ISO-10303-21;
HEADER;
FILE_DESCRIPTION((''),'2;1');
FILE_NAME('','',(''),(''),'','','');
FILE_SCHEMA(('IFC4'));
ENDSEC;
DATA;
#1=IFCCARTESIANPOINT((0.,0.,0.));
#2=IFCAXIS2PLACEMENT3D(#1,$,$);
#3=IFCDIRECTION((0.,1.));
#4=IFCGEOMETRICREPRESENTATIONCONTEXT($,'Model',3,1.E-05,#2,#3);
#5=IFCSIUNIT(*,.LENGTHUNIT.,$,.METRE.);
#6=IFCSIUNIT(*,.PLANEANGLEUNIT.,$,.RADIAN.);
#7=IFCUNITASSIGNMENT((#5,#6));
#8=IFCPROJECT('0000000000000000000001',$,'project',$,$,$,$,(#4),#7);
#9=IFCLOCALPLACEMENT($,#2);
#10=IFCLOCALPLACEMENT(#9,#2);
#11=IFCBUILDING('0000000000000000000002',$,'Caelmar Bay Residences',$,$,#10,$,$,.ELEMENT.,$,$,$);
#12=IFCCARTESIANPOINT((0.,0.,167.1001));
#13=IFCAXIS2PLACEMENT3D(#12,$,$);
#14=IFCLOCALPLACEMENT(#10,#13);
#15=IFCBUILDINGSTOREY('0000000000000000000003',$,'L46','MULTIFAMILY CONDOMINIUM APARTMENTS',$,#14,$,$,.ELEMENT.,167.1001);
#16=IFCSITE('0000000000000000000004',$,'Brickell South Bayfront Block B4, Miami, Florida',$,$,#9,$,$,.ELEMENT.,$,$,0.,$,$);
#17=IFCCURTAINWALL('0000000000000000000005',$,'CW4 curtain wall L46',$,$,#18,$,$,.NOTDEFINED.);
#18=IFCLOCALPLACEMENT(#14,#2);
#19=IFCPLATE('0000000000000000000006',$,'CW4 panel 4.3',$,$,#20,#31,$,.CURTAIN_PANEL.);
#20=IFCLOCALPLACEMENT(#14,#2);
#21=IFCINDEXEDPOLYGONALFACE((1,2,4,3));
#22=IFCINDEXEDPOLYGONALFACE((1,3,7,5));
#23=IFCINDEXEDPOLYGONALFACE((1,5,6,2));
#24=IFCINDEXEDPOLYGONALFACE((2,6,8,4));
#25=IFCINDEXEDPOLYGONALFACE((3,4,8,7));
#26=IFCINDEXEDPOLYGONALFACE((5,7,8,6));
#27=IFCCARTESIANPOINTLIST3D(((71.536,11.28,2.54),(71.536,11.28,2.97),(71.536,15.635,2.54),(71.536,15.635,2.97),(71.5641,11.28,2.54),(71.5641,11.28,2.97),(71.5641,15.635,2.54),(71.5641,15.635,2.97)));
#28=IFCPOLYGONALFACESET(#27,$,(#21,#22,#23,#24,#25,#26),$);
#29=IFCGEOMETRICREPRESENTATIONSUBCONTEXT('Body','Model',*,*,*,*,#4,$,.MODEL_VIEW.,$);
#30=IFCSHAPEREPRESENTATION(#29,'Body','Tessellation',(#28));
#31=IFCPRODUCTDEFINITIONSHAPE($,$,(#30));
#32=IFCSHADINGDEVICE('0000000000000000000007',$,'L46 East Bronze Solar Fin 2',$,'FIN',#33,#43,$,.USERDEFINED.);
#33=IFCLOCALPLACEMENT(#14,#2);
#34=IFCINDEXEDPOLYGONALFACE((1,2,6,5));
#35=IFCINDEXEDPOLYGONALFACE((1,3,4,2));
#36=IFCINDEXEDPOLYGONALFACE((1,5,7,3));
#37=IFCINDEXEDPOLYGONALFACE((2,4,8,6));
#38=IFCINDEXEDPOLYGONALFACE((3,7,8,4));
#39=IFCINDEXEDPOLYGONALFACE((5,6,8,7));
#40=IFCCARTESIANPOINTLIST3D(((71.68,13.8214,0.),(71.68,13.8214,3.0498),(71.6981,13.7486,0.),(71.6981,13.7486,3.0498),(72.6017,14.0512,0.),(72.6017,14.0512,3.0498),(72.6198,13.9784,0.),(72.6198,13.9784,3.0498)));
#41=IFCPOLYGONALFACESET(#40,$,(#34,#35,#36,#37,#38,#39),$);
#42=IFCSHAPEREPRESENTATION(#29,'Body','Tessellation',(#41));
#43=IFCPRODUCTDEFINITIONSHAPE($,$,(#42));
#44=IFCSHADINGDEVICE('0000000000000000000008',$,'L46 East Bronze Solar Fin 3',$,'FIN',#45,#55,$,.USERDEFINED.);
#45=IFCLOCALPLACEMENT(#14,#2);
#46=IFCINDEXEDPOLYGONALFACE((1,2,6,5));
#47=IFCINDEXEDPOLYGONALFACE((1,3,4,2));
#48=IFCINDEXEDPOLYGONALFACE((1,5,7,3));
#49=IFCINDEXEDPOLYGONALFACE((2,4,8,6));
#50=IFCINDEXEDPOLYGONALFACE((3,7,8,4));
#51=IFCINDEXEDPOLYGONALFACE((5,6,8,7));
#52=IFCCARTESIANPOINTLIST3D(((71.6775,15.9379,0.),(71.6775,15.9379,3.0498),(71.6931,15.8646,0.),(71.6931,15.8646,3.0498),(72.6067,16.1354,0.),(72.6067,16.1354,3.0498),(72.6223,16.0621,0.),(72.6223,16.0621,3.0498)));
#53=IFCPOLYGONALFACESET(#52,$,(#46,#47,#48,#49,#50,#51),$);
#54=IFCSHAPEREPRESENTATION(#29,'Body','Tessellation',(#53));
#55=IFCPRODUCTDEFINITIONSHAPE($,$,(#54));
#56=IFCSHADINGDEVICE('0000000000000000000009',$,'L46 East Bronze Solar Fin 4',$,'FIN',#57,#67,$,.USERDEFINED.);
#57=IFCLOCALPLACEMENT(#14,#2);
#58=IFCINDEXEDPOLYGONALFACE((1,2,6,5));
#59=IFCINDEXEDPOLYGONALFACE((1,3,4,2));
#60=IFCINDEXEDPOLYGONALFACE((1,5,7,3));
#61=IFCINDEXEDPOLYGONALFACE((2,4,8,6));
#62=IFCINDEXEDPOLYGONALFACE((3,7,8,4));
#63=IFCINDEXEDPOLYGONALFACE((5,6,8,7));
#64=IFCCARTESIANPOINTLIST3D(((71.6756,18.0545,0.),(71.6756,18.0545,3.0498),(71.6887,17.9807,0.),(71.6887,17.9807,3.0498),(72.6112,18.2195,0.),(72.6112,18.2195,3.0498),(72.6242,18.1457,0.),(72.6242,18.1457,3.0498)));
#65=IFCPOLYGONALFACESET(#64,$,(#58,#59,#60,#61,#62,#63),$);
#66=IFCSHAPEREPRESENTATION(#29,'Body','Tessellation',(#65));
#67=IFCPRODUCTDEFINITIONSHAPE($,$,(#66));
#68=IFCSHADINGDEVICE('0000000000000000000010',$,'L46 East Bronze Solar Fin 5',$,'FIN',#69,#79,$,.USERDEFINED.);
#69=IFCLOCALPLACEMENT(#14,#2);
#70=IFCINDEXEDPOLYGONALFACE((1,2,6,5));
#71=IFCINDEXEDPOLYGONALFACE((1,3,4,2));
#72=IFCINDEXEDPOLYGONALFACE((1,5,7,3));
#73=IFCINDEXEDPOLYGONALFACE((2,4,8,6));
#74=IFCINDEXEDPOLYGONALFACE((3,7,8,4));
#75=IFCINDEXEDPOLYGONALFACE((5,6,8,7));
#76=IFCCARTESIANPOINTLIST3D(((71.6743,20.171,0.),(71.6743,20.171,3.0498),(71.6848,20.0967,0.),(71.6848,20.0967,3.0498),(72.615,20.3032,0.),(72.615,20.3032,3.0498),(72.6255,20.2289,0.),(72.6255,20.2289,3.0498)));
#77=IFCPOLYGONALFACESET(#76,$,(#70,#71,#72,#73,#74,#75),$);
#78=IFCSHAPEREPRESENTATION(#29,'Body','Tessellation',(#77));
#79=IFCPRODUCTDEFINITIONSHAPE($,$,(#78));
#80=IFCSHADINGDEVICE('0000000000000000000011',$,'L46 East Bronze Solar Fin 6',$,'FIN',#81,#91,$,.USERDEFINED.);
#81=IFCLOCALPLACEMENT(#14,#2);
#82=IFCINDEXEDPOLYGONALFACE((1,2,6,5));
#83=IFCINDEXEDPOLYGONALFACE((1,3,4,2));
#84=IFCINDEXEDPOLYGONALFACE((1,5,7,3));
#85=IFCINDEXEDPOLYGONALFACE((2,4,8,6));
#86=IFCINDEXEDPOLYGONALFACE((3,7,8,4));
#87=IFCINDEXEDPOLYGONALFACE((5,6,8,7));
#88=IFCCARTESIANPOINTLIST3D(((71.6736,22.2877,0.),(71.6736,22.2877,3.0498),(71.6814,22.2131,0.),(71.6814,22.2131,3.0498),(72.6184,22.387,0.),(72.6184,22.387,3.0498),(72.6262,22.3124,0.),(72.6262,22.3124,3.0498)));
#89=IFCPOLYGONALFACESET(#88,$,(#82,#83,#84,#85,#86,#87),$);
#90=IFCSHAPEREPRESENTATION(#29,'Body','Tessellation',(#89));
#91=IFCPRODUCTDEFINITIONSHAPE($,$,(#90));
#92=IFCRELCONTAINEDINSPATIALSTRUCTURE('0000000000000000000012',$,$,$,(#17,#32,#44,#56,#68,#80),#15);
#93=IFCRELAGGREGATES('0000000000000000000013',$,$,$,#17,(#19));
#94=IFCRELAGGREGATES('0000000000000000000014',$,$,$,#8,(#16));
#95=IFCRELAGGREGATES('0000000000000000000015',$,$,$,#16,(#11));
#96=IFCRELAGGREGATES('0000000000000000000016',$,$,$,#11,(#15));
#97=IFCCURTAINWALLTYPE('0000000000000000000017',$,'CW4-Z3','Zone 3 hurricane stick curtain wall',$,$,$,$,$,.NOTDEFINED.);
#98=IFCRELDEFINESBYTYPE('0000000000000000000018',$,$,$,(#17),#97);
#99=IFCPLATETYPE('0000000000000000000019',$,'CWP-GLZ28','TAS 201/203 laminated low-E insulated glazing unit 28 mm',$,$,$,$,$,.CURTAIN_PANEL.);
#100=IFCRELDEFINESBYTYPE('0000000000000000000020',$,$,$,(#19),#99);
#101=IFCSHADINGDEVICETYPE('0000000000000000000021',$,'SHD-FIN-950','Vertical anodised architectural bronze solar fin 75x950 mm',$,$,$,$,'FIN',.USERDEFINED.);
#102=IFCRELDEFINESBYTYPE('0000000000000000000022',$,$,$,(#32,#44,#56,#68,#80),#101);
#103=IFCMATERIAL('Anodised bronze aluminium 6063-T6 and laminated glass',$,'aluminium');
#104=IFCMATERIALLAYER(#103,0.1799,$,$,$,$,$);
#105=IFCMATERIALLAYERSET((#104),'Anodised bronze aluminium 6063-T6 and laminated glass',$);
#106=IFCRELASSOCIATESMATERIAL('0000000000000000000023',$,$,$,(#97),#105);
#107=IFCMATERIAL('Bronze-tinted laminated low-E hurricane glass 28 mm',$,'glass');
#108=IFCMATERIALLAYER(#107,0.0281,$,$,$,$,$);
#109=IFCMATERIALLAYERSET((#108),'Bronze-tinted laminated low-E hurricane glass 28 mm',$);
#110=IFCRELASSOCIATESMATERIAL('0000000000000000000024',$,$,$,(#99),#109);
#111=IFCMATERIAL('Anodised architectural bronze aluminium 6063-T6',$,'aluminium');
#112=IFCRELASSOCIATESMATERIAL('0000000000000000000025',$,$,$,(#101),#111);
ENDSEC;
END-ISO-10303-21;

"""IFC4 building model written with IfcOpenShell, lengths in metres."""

from ifc_helpers import new_model, si_unit, direction, frame, origin, origin_2d, place, context, subcontext, project, spatial, rectangle, extrude, material, layer, layer_set, material_profile, profile_set, type_object, element, aggregate, save


model = new_model("IFC4")

# Units and contexts
model_context = context("Model", 3, precision=1e-05, world=origin(), true_north=direction((0.0, 1.0)))
body_context = subcontext(model_context, "Body", "Model", "MODEL_VIEW")
ifc_project = project(units=[si_unit("LENGTHUNIT", "METRE"), si_unit("PLANEANGLEUNIT", "RADIAN")], contexts=[model_context])

# Site, building, storey
site_placement = place(None, origin())
site = spatial("IfcSite", under=ifc_project, at=site_placement, Name="Brickell South Bayfront Block B4, Miami, Florida", CompositionType="ELEMENT", RefElevation=0.0)
building_placement = place(site_placement, origin())
building = spatial("IfcBuilding", under=site, at=building_placement, Name="Caelmar Bay Residences", CompositionType="ELEMENT")
storey_placement = place(building_placement, frame((0.0, 0.0, 167.1001)))
storey = spatial("IfcBuildingStorey", under=building, at=storey_placement, Name="L46", Description="MULTIFAMILY CONDOMINIUM APARTMENTS", CompositionType="ELEMENT", Elevation=167.1001)

# Curtain wall, plate
ifc_material_1 = material(Name="Anodised bronze aluminium 6063-T6 and laminated glass", Category="aluminium")
ifc_layer_1 = layer(ifc_material_1, 0.1799)
ifc_layer_set_1 = layer_set([ifc_layer_1], Name="Anodised bronze aluminium 6063-T6 and laminated glass")
curtain_wall_type = type_object("IfcCurtainWallType", Name="CW4-Z3", Description="Zone 3 hurricane stick curtain wall", PredefinedType="NOTDEFINED", material=ifc_layer_set_1)
curtain_wall_placement = place(storey_placement, origin())
curtain_wall = element("IfcCurtainWall", 1, at=curtain_wall_placement, inside=storey, type_object=curtain_wall_type, Name="CW4 curtain wall L46", PredefinedType="NOTDEFINED")
ifc_material_2 = material(Name="Bronze-tinted laminated low-E hurricane glass 28 mm", Category="glass")
ifc_layer_2 = layer(ifc_material_2, 0.0281)
ifc_layer_set_2 = layer_set([ifc_layer_2], Name="Bronze-tinted laminated low-E hurricane glass 28 mm")
plate_type = type_object("IfcPlateType", Name="CWP-GLZ28", Description="TAS 201/203 laminated low-E insulated glazing unit 28 mm", PredefinedType="CURTAIN_PANEL", material=ifc_layer_set_2)
plate_1_placement = place(storey_placement, frame((71.55, 13.4575, 2.54), z_axis=(0.0, 0.0, 1.0), x_axis=(0.0, -1.0, 0.0)))
plate_1 = element("IfcPlate", 2, at=plate_1_placement, type_object=plate_type, Name="CW4 panel 4.3", PredefinedType="CURTAIN_PANEL", context=body_context, shape_type="SweptSolid", body=[
    extrude(rectangle(XDim=4.355, YDim=0.0281, at=origin_2d()), origin(), (0.0, 0.0, 1.0), 0.4299),
])
aggregate(curtain_wall, [plate_1])

# Shading devices
ifc_material_3 = material(Name="Anodised architectural bronze aluminium 6063-T6", Category="aluminium")
ifc_material_profile_1 = material_profile(ifc_material_3, rectangle(XDim=0.075, YDim=0.95, at=origin_2d()), Name="BRONZE-FIN-75X950")
ifc_profile_set_1 = profile_set([ifc_material_profile_1], Name="Anodised architectural bronze aluminium 6063-T6")
shading_device_type = type_object("IfcShadingDeviceType", Name="SHD-FIN-950", Description="Vertical anodised architectural bronze solar fin 75x950 mm", ElementType="FIN", PredefinedType="USERDEFINED", material=ifc_profile_set_1)
for number, where, z_axis, x_axis, name in (
    (3, (72.1499, 13.8999, 0.0), (0.0, 0.0, 1.0), (-0.241922, 0.970296, 0.0), "L46 East Bronze Solar Fin 2"),
    (4, (72.1499, 16.0, 0.0), (0.0, 0.0, 1.0), (-0.207912, 0.978148, 0.0), "L46 East Bronze Solar Fin 3"),
    (5, (72.1499, 18.1001, 0.0), (0.0, 0.0, 1.0), (-0.173648, 0.984808, 0.0), "L46 East Bronze Solar Fin 4"),
    (6, (72.1499, 20.2, 0.0), (0.0, 0.0, 1.0), (-0.139173, 0.990268, 0.0), "L46 East Bronze Solar Fin 5"),
    (7, (72.1499, 22.3, 0.0), (0.0, 0.0, 1.0), (-0.104528, 0.994522, 0.0), "L46 East Bronze Solar Fin 6"),
):
    element("IfcShadingDevice", number, at=place(storey_placement, frame(where, z_axis=z_axis, x_axis=x_axis)), inside=storey, type_object=shading_device_type, Name=name, ObjectType="FIN", PredefinedType="USERDEFINED", context=body_context, shape_type="SweptSolid", body=[
        extrude(rectangle(XDim=0.075, YDim=0.95, at=origin_2d()), origin(), (0.0, 0.0, 1.0), 3.0498),
    ])

save(model, "model.ifc")
